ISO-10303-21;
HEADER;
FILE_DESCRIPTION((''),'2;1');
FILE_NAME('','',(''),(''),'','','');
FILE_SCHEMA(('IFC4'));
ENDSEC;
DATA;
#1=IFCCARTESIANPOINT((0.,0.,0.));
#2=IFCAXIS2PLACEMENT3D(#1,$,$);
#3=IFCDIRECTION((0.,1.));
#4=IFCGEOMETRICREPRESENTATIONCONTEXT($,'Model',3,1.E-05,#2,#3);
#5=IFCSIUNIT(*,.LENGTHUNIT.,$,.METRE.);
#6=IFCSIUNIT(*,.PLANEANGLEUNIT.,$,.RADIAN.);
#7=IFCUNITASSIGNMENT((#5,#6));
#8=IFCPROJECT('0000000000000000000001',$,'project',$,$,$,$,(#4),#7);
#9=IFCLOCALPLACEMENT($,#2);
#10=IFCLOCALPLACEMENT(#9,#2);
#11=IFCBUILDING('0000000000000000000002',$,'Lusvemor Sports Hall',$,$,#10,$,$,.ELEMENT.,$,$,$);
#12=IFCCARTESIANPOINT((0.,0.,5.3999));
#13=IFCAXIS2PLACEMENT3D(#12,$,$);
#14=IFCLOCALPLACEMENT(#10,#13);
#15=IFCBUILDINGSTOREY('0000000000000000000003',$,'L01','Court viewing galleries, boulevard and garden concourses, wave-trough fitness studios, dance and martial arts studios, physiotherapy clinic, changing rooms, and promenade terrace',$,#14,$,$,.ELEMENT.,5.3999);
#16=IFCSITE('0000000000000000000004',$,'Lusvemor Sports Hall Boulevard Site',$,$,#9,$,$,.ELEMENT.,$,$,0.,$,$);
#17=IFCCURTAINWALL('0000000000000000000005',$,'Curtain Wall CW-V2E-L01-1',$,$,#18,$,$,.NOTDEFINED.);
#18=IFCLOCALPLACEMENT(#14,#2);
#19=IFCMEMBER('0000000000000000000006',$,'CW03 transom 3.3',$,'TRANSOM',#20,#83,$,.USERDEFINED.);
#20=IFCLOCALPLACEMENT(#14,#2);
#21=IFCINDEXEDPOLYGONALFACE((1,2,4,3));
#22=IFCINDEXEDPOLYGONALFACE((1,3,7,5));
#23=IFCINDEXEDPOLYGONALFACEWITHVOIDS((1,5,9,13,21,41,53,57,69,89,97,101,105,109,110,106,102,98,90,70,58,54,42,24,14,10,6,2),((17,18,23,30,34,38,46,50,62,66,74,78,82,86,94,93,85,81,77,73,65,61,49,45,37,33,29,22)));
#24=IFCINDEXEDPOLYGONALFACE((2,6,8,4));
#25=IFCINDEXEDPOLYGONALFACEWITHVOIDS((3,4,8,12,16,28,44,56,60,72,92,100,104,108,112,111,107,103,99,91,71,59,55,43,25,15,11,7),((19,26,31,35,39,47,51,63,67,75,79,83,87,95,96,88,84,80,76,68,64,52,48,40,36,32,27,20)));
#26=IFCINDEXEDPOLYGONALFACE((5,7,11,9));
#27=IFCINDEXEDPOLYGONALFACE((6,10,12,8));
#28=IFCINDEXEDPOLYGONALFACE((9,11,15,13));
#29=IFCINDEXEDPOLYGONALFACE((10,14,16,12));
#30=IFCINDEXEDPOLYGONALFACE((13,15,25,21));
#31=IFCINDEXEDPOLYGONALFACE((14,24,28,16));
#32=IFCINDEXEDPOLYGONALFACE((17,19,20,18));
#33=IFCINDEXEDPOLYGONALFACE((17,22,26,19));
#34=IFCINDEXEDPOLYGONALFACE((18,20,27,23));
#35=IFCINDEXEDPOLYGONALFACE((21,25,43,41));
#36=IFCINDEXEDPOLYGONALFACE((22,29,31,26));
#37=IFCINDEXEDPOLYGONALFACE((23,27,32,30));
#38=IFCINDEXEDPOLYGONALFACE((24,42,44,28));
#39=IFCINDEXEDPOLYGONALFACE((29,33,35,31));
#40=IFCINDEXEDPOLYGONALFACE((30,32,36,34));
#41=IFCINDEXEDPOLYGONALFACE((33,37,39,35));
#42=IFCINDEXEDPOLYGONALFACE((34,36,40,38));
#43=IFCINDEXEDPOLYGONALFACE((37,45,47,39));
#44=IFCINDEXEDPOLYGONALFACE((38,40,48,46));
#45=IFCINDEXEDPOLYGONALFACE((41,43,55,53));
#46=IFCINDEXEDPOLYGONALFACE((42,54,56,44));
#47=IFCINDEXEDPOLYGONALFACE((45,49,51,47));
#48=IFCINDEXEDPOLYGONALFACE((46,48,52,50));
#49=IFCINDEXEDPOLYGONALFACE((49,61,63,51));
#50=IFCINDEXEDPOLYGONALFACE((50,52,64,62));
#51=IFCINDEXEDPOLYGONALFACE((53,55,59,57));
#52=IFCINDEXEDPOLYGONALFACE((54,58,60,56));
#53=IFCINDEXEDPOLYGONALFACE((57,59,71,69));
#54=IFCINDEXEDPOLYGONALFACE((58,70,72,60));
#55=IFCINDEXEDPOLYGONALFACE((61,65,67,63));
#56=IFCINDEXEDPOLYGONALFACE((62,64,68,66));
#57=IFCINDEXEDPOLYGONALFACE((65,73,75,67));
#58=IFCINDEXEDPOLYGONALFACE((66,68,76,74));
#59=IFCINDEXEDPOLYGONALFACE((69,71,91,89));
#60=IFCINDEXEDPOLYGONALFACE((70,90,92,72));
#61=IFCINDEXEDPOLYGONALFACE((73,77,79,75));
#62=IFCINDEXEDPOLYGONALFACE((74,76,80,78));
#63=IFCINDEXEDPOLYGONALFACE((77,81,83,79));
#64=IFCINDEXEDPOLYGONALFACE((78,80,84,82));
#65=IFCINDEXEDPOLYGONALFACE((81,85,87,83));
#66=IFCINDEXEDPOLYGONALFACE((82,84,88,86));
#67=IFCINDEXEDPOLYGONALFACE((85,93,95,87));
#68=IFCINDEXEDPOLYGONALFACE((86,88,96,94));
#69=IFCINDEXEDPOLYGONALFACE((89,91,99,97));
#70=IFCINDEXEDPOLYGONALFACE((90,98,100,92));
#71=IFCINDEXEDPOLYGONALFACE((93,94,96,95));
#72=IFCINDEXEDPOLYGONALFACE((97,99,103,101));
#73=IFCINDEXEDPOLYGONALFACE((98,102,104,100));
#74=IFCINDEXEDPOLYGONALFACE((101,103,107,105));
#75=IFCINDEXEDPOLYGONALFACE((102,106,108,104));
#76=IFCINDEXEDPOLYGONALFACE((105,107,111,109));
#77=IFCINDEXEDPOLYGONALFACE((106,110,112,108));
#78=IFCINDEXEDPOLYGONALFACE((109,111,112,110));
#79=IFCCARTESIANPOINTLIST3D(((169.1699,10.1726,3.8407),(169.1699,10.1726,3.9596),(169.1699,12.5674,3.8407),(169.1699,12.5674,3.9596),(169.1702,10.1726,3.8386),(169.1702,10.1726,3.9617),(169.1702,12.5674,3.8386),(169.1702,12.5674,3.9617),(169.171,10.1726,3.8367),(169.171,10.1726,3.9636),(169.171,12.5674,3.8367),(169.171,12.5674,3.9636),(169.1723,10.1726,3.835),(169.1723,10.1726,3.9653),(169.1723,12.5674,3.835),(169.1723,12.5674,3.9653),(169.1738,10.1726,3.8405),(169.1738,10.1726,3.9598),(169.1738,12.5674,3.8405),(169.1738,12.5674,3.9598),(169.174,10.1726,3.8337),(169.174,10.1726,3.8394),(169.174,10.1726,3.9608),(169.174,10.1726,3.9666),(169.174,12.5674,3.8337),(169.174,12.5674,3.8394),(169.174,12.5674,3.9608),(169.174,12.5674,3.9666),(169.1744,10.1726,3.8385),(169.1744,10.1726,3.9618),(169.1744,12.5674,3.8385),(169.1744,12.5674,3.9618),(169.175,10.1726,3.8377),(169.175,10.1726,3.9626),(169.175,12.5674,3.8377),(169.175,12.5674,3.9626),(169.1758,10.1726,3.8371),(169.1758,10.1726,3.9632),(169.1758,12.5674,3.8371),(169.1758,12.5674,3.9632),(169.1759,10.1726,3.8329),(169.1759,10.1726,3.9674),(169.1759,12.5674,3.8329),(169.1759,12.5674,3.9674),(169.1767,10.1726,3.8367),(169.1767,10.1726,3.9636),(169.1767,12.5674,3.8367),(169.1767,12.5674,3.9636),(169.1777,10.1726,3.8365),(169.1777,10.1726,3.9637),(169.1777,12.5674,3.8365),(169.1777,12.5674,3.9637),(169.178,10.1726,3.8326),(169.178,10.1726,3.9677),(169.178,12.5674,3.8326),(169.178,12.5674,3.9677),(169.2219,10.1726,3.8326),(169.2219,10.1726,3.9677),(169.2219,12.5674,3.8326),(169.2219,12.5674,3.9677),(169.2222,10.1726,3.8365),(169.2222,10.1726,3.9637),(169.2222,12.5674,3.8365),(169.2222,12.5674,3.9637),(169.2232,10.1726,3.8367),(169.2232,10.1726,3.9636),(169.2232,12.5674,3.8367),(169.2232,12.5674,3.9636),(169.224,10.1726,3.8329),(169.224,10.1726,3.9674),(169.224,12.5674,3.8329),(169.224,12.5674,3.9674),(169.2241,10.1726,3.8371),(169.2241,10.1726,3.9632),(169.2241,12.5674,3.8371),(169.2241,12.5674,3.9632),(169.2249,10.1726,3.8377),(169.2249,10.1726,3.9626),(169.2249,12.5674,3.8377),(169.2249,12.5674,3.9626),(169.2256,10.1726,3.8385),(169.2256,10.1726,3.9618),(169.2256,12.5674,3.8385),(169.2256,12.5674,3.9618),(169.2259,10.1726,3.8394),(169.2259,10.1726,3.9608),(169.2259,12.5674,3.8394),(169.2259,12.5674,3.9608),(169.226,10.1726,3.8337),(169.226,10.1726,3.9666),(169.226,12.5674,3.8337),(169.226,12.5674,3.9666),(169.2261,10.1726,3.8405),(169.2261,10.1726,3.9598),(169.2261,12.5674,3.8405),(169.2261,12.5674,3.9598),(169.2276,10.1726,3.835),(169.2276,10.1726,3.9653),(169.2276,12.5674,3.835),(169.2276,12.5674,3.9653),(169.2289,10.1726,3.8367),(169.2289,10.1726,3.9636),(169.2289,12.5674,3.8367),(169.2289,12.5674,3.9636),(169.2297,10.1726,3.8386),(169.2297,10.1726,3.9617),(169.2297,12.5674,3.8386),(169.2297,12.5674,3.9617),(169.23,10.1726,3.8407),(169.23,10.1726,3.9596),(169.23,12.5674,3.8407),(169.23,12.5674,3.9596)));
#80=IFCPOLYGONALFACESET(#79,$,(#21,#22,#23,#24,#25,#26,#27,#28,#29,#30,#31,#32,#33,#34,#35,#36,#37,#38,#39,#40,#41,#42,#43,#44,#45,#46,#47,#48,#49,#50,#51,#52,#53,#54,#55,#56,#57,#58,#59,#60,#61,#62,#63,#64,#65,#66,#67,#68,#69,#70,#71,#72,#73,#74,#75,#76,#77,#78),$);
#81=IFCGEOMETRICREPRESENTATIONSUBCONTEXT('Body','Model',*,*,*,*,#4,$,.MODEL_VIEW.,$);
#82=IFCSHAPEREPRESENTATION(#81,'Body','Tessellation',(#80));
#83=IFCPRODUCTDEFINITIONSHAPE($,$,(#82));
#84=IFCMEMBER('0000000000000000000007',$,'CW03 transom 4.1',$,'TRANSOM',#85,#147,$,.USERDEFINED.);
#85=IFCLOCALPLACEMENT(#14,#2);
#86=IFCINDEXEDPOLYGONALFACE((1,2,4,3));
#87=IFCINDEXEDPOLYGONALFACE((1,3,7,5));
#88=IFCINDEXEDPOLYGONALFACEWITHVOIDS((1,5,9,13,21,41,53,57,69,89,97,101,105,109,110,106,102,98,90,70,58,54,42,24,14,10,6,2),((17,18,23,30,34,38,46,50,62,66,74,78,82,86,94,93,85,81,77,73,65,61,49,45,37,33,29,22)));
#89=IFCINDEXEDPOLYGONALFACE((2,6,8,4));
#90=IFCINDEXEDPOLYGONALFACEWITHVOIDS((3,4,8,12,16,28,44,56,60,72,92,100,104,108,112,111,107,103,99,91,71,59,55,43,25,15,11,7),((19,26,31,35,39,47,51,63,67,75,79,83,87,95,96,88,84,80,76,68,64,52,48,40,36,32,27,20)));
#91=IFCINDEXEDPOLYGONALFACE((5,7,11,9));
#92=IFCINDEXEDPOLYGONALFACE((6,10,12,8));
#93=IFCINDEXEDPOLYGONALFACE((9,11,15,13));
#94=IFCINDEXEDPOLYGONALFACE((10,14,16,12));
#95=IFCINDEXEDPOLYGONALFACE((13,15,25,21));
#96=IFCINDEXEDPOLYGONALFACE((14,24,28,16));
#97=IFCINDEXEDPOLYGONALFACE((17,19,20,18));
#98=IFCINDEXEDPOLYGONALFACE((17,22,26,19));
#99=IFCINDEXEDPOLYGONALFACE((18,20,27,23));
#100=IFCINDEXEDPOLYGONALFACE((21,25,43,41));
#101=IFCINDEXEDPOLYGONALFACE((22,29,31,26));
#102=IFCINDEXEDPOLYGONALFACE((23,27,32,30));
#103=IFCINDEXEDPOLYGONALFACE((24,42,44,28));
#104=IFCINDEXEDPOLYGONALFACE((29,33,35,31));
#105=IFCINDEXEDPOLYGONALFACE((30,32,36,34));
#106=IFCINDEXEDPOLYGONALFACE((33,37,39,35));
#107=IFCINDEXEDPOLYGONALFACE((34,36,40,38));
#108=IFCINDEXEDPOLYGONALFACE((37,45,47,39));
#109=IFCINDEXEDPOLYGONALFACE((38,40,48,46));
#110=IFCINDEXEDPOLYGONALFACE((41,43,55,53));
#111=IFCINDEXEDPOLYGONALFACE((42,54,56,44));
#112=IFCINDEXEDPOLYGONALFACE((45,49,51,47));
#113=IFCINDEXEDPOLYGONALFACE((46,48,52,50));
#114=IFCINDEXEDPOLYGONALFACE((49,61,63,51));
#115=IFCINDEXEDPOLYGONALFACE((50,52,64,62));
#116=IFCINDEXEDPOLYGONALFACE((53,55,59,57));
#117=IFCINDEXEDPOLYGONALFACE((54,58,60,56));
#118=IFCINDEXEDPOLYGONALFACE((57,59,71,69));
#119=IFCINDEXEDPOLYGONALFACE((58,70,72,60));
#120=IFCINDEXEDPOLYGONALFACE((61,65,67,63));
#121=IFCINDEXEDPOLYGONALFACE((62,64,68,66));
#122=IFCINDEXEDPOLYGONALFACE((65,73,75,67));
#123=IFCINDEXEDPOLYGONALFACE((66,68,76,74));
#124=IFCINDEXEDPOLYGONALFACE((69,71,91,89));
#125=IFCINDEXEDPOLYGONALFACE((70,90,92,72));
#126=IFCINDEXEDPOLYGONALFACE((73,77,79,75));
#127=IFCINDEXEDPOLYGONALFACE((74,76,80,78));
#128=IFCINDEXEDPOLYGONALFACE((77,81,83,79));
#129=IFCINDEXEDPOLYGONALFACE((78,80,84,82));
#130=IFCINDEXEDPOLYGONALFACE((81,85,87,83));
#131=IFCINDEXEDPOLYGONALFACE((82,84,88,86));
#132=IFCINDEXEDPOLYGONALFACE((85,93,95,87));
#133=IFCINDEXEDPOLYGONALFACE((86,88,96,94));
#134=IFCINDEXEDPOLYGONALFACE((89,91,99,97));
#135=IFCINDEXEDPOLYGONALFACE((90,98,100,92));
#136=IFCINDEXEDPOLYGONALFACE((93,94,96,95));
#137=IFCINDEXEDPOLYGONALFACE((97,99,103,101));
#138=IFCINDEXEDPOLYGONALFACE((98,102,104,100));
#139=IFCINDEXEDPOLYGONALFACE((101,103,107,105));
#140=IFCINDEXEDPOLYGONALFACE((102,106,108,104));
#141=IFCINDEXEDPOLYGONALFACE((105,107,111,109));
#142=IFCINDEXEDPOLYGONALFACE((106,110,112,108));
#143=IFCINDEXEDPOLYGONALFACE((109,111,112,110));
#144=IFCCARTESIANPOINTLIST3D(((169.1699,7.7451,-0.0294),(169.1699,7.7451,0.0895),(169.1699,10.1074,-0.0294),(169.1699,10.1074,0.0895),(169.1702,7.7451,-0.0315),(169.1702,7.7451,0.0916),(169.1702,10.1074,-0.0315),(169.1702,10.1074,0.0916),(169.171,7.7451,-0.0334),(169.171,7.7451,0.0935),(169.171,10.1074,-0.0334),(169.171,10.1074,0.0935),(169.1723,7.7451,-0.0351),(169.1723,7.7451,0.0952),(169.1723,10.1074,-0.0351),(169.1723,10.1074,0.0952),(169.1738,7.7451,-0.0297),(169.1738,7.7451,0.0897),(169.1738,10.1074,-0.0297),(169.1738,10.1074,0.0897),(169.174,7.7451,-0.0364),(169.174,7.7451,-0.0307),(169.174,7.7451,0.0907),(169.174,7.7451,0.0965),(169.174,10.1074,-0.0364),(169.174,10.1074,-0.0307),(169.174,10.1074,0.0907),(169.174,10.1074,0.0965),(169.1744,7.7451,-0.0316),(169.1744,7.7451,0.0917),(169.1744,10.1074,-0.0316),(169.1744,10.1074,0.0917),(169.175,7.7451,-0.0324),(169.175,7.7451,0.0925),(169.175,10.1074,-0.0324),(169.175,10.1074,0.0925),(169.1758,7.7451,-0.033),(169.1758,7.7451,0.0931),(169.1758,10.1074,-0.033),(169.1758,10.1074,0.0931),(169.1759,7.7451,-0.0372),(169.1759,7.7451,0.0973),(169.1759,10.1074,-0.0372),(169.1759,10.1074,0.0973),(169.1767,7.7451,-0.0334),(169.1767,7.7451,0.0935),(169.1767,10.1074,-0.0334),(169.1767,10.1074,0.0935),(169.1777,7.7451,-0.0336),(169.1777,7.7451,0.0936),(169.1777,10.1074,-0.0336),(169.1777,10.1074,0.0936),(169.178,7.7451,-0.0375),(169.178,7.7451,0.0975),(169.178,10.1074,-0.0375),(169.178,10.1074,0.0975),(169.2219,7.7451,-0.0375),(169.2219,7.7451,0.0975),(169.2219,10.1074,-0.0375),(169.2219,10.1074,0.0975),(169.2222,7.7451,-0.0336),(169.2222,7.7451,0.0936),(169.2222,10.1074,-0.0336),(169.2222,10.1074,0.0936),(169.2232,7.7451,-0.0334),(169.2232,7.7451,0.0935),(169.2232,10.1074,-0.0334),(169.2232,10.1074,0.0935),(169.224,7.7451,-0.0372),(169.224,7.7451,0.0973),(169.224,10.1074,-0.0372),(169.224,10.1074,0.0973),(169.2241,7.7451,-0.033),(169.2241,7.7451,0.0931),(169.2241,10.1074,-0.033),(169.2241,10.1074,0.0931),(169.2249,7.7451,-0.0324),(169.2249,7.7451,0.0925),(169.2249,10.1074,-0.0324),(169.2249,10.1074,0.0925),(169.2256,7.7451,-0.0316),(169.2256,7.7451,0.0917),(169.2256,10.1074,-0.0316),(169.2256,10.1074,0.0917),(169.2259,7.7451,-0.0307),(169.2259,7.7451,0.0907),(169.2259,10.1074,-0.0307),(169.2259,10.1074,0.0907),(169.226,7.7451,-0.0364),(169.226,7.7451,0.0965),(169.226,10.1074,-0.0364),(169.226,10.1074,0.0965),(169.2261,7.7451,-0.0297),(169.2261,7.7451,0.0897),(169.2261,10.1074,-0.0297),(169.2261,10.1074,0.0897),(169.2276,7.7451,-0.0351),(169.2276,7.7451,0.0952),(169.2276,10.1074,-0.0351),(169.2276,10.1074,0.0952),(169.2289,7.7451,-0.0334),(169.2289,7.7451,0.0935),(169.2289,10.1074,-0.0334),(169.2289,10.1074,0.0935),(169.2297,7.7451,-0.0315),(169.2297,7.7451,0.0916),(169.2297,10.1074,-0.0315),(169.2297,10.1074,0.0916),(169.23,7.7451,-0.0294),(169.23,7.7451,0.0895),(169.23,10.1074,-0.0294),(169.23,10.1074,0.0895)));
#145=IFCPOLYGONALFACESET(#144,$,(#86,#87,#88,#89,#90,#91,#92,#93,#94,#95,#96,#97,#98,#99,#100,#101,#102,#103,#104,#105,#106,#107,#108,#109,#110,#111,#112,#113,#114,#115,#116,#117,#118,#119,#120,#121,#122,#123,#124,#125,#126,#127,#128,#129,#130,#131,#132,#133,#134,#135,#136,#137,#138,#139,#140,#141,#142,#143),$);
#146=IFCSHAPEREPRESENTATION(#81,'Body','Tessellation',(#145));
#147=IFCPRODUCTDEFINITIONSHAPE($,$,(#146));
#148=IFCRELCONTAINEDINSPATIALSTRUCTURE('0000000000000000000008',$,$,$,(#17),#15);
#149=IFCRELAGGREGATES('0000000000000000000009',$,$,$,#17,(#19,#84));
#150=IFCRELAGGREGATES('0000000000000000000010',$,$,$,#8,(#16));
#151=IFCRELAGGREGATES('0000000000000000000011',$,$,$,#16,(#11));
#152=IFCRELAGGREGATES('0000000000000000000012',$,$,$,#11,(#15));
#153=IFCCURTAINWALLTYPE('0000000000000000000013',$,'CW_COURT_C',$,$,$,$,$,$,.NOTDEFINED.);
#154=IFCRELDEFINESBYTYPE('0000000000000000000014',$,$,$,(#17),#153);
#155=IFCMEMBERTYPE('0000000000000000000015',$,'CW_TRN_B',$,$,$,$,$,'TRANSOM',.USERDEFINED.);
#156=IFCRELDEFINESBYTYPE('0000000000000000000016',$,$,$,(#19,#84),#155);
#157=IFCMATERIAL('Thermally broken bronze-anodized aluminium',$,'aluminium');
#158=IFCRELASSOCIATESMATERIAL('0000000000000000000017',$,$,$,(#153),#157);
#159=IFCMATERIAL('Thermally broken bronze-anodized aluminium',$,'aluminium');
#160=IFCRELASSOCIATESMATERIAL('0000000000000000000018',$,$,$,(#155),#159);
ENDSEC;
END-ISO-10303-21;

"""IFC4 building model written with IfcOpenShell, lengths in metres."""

from ifc_helpers import new_model, si_unit, direction, frame, origin, origin_2d, place, context, subcontext, project, spatial, hollow_rectangle, extrude, material, material_profile, profile_set, type_object, element, aggregate, save


model = new_model("IFC4")

# Units and contexts
model_context = context("Model", 3, precision=1e-05, world=origin(), true_north=direction((0.0, 1.0)))
body_context = subcontext(model_context, "Body", "Model", "MODEL_VIEW")
ifc_project = project(units=[si_unit("LENGTHUNIT", "METRE"), si_unit("PLANEANGLEUNIT", "RADIAN")], contexts=[model_context])

# Site, building, storey
site_placement = place(None, origin())
site = spatial("IfcSite", under=ifc_project, at=site_placement, Name="Lusvemor Sports Hall Boulevard Site", CompositionType="ELEMENT", RefElevation=0.0)
building_placement = place(site_placement, origin())
building = spatial("IfcBuilding", under=site, at=building_placement, Name="Lusvemor Sports Hall", CompositionType="ELEMENT")
storey_placement = place(building_placement, frame((0.0, 0.0, 5.3999)))
storey = spatial("IfcBuildingStorey", under=building, at=storey_placement, Name="L01", Description="Court viewing galleries, boulevard and garden concourses, wave-trough fitness studios, dance and martial arts studios, physiotherapy clinic, changing rooms, and promenade terrace", CompositionType="ELEMENT", Elevation=5.3999)

# Curtain wall, members
ifc_material_1 = material(Name="Thermally broken bronze-anodized aluminium", Category="aluminium")
curtain_wall_type = type_object("IfcCurtainWallType", Name="CW_COURT_C", PredefinedType="NOTDEFINED", material=ifc_material_1)
curtain_wall_placement = place(storey_placement, origin())
curtain_wall = element("IfcCurtainWall", 1, at=curtain_wall_placement, inside=storey, type_object=curtain_wall_type, Name="Curtain Wall CW-V2E-L01-1", PredefinedType="NOTDEFINED")
ifc_material_2 = material(Name="Thermally broken bronze-anodized aluminium", Category="aluminium")
ifc_material_profile_1 = material_profile(ifc_material_2, hollow_rectangle(XDim=0.0601, YDim=0.135, WallThickness=0.0039, InnerFilletRadius=0.0039, OuterFilletRadius=0.0081, at=origin_2d()), Name="CWTRN135x60x4")
ifc_profile_set_1 = profile_set([ifc_material_profile_1], Name="Thermally broken bronze-anodized aluminium")
member_type_1 = type_object("IfcMemberType", Name="CW_TRN_B", ElementType="TRANSOM", PredefinedType="USERDEFINED", material=ifc_profile_set_1)
member_1_placement = place(storey_placement, frame((169.2, 12.5674, 3.9001), z_axis=(0.0, -1.0, 0.0), x_axis=(1.0, 0.0, 0.0)))
member_1 = element("IfcMember", 2, at=member_1_placement, type_object=member_type_1, Name="CW03 transom 3.3", ObjectType="TRANSOM", PredefinedType="USERDEFINED", context=body_context, shape_type="SweptSolid", body=[
    extrude(hollow_rectangle(XDim=0.0601, YDim=0.135, WallThickness=0.0039, InnerFilletRadius=0.0039, OuterFilletRadius=0.0081, at=origin_2d()), origin(), (0.0, 0.0, 1.0), 2.3948),
])
member_2_placement = place(storey_placement, frame((169.2, 10.1074, 0.03), z_axis=(0.0, -1.0, 0.0), x_axis=(1.0, 0.0, 0.0)))
member_2 = element("IfcMember", 3, at=member_2_placement, type_object=member_type_1, Name="CW03 transom 4.1", ObjectType="TRANSOM", PredefinedType="USERDEFINED", context=body_context, shape_type="SweptSolid", body=[
    extrude(hollow_rectangle(XDim=0.0601, YDim=0.135, WallThickness=0.0039, InnerFilletRadius=0.0039, OuterFilletRadius=0.0081, at=origin_2d()), origin(), (0.0, 0.0, 1.0), 2.3623),
])

aggregate(curtain_wall, [member_1, member_2])

save(model, "model.ifc")
